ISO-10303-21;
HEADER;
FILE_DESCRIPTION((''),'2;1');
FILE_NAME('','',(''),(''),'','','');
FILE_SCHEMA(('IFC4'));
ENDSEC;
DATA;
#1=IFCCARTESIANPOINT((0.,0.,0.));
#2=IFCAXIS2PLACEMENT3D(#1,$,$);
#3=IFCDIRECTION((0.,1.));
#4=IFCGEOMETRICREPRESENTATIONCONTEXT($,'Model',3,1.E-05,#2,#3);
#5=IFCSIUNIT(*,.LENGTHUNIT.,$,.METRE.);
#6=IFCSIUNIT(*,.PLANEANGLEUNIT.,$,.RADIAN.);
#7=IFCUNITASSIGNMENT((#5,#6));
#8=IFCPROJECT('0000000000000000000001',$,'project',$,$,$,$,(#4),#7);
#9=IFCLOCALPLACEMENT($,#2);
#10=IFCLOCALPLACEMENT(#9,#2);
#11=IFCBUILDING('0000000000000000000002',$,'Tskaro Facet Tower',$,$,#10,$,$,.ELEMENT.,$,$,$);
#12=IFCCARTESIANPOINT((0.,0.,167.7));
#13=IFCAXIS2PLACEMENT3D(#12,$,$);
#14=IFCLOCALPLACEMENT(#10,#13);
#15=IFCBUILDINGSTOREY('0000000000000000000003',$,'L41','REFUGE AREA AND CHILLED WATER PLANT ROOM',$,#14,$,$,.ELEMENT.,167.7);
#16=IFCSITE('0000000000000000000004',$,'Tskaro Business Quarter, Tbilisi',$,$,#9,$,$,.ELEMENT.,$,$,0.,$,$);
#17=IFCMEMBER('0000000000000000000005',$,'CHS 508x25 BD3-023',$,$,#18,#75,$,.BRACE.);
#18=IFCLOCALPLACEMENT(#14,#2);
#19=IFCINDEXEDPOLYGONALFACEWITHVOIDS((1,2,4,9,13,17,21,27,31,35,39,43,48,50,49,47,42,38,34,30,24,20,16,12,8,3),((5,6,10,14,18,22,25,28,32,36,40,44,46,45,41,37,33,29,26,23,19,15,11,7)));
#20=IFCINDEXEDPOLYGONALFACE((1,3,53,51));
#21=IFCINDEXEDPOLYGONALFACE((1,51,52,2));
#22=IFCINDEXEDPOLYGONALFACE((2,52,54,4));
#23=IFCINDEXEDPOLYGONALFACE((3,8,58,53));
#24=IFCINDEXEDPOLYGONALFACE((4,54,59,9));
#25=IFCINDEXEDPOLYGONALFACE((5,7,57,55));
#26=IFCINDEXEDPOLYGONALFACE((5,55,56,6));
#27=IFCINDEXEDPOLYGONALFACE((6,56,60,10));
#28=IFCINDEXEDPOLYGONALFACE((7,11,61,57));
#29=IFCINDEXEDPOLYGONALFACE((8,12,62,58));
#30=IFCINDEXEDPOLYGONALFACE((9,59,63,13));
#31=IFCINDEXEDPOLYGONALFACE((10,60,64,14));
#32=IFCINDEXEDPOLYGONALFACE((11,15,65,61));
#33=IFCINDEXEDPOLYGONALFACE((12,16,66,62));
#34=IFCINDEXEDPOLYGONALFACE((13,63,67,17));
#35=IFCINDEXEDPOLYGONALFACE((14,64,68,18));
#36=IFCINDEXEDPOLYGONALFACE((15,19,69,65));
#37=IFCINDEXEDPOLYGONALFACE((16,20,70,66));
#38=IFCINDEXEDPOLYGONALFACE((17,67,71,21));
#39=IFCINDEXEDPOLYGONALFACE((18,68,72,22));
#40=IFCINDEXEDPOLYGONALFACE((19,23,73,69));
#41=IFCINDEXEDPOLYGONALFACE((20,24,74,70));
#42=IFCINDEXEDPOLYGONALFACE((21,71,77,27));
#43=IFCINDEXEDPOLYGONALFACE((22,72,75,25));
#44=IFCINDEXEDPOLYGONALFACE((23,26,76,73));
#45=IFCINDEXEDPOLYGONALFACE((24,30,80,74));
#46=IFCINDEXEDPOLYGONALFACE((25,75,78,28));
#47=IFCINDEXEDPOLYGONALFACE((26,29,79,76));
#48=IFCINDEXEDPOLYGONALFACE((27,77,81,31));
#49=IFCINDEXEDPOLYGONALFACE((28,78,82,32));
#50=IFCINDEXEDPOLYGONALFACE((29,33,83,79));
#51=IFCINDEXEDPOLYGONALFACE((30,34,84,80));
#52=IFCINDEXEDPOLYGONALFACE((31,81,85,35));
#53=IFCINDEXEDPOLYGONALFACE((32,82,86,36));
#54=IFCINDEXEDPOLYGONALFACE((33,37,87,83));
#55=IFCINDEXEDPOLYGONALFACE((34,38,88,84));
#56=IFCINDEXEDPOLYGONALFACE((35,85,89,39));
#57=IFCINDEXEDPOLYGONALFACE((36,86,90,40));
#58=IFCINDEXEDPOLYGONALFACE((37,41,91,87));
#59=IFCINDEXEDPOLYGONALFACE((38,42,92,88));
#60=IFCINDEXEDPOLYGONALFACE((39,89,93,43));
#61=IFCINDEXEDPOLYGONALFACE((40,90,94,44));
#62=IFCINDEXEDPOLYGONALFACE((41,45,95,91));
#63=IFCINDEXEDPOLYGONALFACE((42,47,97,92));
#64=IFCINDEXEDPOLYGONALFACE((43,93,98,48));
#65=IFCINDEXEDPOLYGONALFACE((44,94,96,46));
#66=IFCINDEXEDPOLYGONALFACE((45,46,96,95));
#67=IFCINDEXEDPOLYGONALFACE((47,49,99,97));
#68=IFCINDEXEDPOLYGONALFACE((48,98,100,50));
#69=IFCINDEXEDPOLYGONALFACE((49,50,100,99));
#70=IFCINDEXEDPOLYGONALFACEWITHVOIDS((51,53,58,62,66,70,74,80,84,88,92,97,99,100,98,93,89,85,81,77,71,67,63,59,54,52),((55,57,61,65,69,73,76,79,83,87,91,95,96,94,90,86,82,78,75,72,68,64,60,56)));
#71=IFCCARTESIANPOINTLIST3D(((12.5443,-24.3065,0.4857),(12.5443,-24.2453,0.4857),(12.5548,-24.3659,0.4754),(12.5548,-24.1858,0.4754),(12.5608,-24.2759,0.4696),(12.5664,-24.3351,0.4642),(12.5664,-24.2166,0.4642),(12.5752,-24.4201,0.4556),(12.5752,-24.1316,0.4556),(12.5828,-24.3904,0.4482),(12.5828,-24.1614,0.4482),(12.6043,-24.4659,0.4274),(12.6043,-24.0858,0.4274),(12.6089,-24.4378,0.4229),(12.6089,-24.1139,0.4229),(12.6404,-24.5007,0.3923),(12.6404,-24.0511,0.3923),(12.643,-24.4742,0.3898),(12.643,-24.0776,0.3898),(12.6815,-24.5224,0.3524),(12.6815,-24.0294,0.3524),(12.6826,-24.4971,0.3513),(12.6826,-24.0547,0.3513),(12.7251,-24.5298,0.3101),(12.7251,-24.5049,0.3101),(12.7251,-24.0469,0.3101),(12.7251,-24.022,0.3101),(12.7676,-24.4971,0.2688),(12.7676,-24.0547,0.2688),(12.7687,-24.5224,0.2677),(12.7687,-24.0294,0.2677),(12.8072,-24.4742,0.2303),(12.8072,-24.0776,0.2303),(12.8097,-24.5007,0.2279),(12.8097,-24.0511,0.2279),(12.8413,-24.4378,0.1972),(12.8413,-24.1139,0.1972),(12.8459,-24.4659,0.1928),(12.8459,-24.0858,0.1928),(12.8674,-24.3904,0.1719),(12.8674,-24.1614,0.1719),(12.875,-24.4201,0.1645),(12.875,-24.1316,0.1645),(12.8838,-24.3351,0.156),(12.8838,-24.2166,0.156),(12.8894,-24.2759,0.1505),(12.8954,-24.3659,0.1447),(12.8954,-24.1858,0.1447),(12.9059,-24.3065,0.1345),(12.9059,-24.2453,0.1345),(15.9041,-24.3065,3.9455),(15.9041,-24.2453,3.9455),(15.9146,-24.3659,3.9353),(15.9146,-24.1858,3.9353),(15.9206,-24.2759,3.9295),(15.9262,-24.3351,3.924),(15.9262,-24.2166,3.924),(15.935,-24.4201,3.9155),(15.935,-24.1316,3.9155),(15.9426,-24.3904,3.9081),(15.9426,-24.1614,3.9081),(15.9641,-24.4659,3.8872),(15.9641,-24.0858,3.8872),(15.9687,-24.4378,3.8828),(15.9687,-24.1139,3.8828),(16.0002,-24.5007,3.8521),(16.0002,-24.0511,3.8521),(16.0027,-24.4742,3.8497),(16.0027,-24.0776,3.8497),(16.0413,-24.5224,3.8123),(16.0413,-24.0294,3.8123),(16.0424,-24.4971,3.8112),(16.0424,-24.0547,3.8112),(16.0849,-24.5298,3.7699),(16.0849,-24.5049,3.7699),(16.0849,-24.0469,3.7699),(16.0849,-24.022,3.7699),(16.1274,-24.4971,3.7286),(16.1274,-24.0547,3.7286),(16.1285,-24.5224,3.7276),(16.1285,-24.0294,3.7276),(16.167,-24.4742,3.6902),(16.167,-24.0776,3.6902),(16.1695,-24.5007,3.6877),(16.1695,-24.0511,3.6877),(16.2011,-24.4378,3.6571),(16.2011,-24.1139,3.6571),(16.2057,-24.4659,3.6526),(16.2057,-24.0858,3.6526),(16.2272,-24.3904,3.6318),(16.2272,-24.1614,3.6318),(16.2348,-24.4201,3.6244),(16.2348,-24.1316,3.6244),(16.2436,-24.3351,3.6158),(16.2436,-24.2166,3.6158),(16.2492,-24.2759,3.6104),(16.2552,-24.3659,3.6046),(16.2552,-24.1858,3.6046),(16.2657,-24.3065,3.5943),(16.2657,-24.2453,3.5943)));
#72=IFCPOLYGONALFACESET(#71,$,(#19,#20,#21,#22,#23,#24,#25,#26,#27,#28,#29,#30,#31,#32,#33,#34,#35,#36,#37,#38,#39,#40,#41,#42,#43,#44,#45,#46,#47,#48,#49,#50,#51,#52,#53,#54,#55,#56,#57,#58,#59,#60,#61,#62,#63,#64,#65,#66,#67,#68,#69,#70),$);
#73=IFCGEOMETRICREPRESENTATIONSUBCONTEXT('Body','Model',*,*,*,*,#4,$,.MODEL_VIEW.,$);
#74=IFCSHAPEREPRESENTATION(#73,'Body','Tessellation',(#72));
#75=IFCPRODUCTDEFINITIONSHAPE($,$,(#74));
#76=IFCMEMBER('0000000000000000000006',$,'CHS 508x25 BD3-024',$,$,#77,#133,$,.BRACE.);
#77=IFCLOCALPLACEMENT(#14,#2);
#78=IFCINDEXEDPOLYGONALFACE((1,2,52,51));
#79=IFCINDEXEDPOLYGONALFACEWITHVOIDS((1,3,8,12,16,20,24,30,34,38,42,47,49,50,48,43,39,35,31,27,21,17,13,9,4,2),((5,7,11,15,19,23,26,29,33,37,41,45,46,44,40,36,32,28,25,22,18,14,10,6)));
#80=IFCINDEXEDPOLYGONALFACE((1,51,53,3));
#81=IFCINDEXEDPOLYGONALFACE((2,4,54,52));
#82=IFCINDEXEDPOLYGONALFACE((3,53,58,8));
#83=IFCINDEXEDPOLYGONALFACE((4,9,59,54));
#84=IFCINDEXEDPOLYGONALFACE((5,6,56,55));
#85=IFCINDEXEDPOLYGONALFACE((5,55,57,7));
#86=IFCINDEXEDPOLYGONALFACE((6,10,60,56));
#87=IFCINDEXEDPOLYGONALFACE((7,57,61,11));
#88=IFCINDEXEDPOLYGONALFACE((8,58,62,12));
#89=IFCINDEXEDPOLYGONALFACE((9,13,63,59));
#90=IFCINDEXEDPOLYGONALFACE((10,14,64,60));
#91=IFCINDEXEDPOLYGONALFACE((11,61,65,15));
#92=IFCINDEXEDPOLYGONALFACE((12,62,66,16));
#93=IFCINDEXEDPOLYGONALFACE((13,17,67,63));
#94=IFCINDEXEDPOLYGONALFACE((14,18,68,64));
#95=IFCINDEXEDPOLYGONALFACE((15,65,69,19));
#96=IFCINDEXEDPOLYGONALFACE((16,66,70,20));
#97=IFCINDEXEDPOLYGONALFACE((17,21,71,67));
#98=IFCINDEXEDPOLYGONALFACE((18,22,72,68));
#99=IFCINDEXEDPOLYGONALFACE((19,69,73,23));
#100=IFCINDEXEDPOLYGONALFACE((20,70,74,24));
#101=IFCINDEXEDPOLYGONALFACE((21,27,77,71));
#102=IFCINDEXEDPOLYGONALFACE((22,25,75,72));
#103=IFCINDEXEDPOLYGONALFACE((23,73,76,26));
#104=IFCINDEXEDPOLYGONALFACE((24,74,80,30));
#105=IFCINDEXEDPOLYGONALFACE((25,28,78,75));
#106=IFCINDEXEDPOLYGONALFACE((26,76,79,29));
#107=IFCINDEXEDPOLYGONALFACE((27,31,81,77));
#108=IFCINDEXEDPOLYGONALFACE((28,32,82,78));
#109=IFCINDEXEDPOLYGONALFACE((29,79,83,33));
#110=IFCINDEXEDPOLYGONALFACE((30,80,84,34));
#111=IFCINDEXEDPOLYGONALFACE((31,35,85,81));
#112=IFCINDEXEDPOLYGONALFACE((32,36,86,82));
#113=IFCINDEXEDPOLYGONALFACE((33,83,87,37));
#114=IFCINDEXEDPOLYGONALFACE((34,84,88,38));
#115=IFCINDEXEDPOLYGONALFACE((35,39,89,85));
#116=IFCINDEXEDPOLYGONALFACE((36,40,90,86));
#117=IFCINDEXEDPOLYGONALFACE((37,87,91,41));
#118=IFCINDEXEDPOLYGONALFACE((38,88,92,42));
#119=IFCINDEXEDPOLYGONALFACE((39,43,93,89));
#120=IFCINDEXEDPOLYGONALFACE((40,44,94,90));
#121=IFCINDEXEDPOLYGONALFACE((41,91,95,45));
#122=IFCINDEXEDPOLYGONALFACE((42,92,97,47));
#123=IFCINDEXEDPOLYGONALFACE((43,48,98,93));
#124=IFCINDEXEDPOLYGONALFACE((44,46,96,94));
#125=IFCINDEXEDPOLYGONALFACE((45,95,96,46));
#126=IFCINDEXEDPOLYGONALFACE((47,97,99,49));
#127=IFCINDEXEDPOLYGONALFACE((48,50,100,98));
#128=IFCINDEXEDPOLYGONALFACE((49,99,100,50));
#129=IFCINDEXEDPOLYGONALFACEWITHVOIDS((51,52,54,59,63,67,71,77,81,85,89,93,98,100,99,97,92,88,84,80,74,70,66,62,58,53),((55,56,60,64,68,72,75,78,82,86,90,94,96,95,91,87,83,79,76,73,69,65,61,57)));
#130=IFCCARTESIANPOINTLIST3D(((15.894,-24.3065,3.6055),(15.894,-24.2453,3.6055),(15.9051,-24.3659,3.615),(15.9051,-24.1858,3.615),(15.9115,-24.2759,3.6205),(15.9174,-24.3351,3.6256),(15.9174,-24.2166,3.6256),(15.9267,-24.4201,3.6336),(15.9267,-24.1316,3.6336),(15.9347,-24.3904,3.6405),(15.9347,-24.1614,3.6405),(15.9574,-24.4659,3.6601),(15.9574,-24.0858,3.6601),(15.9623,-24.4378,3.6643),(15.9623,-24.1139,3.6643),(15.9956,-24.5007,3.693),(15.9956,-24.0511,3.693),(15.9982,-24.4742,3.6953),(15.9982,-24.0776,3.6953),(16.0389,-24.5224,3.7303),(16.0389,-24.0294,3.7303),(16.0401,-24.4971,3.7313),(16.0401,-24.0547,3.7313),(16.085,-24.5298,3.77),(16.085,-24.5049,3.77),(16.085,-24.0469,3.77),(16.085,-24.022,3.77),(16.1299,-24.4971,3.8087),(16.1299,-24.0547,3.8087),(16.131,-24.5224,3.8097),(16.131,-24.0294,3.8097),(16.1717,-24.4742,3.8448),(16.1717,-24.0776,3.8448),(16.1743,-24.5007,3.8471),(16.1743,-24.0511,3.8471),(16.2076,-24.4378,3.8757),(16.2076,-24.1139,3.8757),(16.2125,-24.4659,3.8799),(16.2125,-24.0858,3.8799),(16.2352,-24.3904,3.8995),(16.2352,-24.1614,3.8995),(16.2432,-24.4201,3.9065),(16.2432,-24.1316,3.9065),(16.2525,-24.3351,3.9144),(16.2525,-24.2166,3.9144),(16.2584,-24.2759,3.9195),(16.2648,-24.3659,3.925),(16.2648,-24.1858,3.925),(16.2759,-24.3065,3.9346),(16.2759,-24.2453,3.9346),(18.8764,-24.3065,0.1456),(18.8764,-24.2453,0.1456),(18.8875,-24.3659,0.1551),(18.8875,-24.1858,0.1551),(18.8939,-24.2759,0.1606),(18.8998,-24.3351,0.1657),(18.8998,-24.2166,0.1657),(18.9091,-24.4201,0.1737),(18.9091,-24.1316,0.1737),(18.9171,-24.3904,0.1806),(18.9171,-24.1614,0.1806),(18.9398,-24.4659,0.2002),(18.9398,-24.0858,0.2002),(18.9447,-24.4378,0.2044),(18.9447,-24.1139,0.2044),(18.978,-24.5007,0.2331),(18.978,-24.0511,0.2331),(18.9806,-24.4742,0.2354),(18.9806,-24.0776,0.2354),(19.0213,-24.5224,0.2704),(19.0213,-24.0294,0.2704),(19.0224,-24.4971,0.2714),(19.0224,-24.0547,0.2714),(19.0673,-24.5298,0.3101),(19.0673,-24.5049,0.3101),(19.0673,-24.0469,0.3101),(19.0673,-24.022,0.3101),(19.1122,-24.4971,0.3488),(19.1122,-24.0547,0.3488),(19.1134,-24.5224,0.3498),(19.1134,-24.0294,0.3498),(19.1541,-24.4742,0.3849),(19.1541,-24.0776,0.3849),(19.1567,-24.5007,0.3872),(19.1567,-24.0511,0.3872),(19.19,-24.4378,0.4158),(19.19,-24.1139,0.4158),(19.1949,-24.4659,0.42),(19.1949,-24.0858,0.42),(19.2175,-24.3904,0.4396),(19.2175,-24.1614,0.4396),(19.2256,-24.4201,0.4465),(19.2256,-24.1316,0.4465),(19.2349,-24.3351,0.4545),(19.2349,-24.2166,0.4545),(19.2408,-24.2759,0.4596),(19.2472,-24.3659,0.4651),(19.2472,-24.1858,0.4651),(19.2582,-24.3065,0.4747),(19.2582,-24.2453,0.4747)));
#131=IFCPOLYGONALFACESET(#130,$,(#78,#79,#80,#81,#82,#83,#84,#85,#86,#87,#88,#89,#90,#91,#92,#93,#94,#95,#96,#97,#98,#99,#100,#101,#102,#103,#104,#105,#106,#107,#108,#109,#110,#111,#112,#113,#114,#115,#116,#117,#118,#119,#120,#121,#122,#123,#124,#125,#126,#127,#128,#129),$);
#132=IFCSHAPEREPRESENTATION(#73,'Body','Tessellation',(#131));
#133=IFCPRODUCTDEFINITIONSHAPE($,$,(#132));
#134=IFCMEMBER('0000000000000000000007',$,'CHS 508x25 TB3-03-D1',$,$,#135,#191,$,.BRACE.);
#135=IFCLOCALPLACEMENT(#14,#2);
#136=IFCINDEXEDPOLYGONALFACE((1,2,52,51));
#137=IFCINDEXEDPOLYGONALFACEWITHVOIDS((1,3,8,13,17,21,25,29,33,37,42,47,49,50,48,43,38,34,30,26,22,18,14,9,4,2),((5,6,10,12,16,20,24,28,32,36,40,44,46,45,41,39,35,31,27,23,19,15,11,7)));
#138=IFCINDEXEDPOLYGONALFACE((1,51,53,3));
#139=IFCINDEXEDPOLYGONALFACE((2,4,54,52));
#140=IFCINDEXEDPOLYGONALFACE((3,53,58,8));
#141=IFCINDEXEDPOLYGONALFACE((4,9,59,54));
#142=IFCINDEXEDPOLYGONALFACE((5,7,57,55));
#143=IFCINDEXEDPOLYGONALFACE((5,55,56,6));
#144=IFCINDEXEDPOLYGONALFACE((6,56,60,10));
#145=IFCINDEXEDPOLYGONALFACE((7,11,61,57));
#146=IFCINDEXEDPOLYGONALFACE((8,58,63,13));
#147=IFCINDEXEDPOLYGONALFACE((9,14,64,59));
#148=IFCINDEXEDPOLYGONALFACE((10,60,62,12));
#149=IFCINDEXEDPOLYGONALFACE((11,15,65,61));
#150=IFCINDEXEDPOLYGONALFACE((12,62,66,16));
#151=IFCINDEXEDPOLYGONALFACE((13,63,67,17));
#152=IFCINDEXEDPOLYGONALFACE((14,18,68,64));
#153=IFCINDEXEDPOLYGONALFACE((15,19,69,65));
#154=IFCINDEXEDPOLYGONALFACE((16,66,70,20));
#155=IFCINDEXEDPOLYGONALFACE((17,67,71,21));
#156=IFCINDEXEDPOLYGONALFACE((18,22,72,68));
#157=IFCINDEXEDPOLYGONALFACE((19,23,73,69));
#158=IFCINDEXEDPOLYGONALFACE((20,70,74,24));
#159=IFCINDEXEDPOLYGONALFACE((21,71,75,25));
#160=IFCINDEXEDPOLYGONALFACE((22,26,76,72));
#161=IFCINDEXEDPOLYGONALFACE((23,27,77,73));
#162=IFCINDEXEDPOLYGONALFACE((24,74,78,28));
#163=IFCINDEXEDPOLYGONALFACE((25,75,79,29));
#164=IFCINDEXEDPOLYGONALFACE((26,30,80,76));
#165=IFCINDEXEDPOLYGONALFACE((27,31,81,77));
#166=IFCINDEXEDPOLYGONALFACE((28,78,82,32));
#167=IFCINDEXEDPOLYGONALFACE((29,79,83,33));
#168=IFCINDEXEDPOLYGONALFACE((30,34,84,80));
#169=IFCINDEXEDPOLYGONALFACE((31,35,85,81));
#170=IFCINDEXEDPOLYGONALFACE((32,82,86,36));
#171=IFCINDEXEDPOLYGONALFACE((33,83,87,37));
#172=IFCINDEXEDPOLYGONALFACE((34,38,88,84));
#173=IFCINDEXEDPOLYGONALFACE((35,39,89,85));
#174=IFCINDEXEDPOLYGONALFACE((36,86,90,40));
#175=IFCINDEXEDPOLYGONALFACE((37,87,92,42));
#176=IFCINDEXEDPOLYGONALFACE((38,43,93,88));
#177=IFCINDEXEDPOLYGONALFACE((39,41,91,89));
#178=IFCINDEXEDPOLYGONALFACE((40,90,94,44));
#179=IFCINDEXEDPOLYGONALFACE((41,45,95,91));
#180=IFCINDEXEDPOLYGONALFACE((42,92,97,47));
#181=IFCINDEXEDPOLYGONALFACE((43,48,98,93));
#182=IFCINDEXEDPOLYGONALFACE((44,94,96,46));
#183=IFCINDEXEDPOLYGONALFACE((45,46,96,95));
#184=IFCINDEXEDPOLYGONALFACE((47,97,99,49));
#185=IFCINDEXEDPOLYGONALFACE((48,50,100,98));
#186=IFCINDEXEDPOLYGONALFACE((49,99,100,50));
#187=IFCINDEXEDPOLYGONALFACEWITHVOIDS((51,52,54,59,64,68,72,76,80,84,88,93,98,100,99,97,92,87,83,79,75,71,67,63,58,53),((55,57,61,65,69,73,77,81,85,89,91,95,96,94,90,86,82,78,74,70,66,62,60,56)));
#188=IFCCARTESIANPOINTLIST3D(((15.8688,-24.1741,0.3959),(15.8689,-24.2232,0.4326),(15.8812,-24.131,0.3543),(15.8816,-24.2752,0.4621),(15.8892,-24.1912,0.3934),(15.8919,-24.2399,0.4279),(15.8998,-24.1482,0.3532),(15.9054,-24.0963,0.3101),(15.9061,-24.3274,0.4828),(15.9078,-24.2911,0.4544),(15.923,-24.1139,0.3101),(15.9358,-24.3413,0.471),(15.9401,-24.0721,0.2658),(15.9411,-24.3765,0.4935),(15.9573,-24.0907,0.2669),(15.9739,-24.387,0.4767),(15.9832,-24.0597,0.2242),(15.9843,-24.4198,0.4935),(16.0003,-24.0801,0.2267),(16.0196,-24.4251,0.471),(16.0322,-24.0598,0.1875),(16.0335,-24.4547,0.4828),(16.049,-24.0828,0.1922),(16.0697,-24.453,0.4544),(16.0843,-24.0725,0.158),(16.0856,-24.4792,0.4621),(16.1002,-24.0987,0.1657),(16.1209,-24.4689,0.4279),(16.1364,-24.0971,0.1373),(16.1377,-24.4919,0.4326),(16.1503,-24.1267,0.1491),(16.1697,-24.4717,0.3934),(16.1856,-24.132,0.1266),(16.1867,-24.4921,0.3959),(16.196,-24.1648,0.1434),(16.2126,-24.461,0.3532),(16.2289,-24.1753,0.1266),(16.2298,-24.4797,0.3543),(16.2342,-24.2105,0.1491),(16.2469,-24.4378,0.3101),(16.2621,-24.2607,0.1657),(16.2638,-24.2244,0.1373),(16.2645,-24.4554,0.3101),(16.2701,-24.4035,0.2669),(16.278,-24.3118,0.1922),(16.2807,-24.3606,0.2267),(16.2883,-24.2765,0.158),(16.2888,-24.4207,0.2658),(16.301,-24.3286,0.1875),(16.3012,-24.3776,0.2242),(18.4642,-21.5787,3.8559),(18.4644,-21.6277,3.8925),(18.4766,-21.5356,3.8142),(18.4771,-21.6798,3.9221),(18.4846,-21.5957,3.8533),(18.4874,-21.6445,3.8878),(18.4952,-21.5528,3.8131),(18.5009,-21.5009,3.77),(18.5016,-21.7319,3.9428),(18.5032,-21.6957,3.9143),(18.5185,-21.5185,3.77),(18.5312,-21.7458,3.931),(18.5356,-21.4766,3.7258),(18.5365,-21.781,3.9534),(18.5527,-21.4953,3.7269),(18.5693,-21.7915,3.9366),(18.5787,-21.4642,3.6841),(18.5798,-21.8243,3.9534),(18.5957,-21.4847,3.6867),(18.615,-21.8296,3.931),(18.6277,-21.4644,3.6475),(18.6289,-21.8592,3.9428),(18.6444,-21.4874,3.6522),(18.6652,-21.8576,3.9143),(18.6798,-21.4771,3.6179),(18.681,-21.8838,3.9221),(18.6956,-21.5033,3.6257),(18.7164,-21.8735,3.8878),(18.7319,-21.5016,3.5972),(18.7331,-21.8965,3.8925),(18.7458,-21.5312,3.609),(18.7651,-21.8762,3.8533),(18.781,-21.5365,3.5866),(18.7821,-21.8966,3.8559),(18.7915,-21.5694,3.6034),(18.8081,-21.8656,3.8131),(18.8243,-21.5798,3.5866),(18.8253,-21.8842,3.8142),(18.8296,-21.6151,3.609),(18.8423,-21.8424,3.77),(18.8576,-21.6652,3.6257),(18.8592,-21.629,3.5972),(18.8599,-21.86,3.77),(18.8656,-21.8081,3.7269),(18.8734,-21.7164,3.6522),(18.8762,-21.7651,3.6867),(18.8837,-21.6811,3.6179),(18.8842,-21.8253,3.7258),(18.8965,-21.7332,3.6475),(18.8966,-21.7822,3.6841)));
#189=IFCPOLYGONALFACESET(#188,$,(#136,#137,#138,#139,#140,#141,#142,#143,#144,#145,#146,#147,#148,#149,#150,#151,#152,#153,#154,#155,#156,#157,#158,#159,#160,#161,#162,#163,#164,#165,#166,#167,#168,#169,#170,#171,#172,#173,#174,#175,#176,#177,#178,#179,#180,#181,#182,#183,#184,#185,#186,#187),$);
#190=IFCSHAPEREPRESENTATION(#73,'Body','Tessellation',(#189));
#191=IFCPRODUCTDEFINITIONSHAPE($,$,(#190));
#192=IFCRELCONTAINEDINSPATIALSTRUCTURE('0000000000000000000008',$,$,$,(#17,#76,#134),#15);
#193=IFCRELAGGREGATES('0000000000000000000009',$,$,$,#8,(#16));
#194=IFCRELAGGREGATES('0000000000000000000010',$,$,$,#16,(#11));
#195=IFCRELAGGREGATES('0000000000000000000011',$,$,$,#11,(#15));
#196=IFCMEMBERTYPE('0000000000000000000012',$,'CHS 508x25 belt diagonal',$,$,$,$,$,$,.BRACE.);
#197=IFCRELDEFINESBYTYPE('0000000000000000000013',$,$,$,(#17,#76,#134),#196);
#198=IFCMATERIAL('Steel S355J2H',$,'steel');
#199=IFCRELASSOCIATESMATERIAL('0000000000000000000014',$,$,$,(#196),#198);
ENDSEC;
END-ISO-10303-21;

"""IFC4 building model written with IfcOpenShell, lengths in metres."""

from ifc_helpers import new_model, si_unit, direction, frame, origin, origin_2d, place, context, subcontext, project, spatial, hollow_circle, extrude, material, material_profile, profile_set, type_object, element, save


model = new_model("IFC4")

# Units and contexts
model_context = context("Model", 3, precision=1e-05, world=origin(), true_north=direction((0.0, 1.0)))
body_context = subcontext(model_context, "Body", "Model", "MODEL_VIEW")
ifc_project = project(units=[si_unit("LENGTHUNIT", "METRE"), si_unit("PLANEANGLEUNIT", "RADIAN")], contexts=[model_context])

# Site, building, storey
site_placement = place(None, origin())
site = spatial("IfcSite", under=ifc_project, at=site_placement, Name="Tskaro Business Quarter, Tbilisi", CompositionType="ELEMENT", RefElevation=0.0)
building_placement = place(site_placement, origin())
building = spatial("IfcBuilding", under=site, at=building_placement, Name="Tskaro Facet Tower", CompositionType="ELEMENT")
storey_placement = place(building_placement, frame((0.0, 0.0, 167.7)))
storey = spatial("IfcBuildingStorey", under=building, at=storey_placement, Name="L41", Description="REFUGE AREA AND CHILLED WATER PLANT ROOM", CompositionType="ELEMENT", Elevation=167.7)

# Shared definitions
ifc_material_1 = material(Name="Steel S355J2H", Category="steel")

# Members
ifc_material_profile_1 = material_profile(ifc_material_1, hollow_circle(Radius=0.2539, WallThickness=0.0249, at=origin_2d()), Name="CHS 508x25")
ifc_profile_set_1 = profile_set([ifc_material_profile_1], Name="Steel S355J2H")
member_type_1 = type_object("IfcMemberType", Name="CHS 508x25 belt diagonal", PredefinedType="BRACE", material=ifc_profile_set_1)
member_1_placement = place(storey_placement, frame((12.7251, -24.2759, 0.3101), z_axis=(0.696653, 0.0, 0.717408), x_axis=(0.0, 1.0, 0.0)))
element("IfcMember", 1, at=member_1_placement, inside=storey, type_object=member_type_1, Name="CHS 508x25 BD3-023", PredefinedType="BRACE", context=body_context, shape_type="SweptSolid", body=[
    extrude(hollow_circle(Radius=0.2539, WallThickness=0.0249, at=origin_2d()), origin(), (0.0, 0.0, 1.0), 4.8228),
])
member_2_placement = place(storey_placement, frame((16.085, -24.2759, 3.77), z_axis=(0.652902, 0.0, -0.757443), x_axis=(0.0, 1.0, 0.0)))
element("IfcMember", 2, at=member_2_placement, inside=storey, type_object=member_type_1, Name="CHS 508x25 BD3-024", PredefinedType="BRACE", context=body_context, shape_type="SweptSolid", body=[
    extrude(hollow_circle(Radius=0.2539, WallThickness=0.0249, at=origin_2d()), origin(), (0.0, 0.0, 1.0), 4.5679),
])
member_3_placement = place(storey_placement, frame((16.085, -24.2759, 0.3101), z_axis=(0.514541, 0.514541, 0.685926), x_axis=(-0.707107, 0.707107, 0.0)))
element("IfcMember", 3, at=member_3_placement, inside=storey, type_object=member_type_1, Name="CHS 508x25 TB3-03-D1", PredefinedType="BRACE", context=body_context, shape_type="SweptSolid", body=[
    extrude(hollow_circle(Radius=0.2539, WallThickness=0.0249, at=origin_2d()), origin(), (0.0, 0.0, 1.0), 5.0442),
])

save(model, "model.ifc")
